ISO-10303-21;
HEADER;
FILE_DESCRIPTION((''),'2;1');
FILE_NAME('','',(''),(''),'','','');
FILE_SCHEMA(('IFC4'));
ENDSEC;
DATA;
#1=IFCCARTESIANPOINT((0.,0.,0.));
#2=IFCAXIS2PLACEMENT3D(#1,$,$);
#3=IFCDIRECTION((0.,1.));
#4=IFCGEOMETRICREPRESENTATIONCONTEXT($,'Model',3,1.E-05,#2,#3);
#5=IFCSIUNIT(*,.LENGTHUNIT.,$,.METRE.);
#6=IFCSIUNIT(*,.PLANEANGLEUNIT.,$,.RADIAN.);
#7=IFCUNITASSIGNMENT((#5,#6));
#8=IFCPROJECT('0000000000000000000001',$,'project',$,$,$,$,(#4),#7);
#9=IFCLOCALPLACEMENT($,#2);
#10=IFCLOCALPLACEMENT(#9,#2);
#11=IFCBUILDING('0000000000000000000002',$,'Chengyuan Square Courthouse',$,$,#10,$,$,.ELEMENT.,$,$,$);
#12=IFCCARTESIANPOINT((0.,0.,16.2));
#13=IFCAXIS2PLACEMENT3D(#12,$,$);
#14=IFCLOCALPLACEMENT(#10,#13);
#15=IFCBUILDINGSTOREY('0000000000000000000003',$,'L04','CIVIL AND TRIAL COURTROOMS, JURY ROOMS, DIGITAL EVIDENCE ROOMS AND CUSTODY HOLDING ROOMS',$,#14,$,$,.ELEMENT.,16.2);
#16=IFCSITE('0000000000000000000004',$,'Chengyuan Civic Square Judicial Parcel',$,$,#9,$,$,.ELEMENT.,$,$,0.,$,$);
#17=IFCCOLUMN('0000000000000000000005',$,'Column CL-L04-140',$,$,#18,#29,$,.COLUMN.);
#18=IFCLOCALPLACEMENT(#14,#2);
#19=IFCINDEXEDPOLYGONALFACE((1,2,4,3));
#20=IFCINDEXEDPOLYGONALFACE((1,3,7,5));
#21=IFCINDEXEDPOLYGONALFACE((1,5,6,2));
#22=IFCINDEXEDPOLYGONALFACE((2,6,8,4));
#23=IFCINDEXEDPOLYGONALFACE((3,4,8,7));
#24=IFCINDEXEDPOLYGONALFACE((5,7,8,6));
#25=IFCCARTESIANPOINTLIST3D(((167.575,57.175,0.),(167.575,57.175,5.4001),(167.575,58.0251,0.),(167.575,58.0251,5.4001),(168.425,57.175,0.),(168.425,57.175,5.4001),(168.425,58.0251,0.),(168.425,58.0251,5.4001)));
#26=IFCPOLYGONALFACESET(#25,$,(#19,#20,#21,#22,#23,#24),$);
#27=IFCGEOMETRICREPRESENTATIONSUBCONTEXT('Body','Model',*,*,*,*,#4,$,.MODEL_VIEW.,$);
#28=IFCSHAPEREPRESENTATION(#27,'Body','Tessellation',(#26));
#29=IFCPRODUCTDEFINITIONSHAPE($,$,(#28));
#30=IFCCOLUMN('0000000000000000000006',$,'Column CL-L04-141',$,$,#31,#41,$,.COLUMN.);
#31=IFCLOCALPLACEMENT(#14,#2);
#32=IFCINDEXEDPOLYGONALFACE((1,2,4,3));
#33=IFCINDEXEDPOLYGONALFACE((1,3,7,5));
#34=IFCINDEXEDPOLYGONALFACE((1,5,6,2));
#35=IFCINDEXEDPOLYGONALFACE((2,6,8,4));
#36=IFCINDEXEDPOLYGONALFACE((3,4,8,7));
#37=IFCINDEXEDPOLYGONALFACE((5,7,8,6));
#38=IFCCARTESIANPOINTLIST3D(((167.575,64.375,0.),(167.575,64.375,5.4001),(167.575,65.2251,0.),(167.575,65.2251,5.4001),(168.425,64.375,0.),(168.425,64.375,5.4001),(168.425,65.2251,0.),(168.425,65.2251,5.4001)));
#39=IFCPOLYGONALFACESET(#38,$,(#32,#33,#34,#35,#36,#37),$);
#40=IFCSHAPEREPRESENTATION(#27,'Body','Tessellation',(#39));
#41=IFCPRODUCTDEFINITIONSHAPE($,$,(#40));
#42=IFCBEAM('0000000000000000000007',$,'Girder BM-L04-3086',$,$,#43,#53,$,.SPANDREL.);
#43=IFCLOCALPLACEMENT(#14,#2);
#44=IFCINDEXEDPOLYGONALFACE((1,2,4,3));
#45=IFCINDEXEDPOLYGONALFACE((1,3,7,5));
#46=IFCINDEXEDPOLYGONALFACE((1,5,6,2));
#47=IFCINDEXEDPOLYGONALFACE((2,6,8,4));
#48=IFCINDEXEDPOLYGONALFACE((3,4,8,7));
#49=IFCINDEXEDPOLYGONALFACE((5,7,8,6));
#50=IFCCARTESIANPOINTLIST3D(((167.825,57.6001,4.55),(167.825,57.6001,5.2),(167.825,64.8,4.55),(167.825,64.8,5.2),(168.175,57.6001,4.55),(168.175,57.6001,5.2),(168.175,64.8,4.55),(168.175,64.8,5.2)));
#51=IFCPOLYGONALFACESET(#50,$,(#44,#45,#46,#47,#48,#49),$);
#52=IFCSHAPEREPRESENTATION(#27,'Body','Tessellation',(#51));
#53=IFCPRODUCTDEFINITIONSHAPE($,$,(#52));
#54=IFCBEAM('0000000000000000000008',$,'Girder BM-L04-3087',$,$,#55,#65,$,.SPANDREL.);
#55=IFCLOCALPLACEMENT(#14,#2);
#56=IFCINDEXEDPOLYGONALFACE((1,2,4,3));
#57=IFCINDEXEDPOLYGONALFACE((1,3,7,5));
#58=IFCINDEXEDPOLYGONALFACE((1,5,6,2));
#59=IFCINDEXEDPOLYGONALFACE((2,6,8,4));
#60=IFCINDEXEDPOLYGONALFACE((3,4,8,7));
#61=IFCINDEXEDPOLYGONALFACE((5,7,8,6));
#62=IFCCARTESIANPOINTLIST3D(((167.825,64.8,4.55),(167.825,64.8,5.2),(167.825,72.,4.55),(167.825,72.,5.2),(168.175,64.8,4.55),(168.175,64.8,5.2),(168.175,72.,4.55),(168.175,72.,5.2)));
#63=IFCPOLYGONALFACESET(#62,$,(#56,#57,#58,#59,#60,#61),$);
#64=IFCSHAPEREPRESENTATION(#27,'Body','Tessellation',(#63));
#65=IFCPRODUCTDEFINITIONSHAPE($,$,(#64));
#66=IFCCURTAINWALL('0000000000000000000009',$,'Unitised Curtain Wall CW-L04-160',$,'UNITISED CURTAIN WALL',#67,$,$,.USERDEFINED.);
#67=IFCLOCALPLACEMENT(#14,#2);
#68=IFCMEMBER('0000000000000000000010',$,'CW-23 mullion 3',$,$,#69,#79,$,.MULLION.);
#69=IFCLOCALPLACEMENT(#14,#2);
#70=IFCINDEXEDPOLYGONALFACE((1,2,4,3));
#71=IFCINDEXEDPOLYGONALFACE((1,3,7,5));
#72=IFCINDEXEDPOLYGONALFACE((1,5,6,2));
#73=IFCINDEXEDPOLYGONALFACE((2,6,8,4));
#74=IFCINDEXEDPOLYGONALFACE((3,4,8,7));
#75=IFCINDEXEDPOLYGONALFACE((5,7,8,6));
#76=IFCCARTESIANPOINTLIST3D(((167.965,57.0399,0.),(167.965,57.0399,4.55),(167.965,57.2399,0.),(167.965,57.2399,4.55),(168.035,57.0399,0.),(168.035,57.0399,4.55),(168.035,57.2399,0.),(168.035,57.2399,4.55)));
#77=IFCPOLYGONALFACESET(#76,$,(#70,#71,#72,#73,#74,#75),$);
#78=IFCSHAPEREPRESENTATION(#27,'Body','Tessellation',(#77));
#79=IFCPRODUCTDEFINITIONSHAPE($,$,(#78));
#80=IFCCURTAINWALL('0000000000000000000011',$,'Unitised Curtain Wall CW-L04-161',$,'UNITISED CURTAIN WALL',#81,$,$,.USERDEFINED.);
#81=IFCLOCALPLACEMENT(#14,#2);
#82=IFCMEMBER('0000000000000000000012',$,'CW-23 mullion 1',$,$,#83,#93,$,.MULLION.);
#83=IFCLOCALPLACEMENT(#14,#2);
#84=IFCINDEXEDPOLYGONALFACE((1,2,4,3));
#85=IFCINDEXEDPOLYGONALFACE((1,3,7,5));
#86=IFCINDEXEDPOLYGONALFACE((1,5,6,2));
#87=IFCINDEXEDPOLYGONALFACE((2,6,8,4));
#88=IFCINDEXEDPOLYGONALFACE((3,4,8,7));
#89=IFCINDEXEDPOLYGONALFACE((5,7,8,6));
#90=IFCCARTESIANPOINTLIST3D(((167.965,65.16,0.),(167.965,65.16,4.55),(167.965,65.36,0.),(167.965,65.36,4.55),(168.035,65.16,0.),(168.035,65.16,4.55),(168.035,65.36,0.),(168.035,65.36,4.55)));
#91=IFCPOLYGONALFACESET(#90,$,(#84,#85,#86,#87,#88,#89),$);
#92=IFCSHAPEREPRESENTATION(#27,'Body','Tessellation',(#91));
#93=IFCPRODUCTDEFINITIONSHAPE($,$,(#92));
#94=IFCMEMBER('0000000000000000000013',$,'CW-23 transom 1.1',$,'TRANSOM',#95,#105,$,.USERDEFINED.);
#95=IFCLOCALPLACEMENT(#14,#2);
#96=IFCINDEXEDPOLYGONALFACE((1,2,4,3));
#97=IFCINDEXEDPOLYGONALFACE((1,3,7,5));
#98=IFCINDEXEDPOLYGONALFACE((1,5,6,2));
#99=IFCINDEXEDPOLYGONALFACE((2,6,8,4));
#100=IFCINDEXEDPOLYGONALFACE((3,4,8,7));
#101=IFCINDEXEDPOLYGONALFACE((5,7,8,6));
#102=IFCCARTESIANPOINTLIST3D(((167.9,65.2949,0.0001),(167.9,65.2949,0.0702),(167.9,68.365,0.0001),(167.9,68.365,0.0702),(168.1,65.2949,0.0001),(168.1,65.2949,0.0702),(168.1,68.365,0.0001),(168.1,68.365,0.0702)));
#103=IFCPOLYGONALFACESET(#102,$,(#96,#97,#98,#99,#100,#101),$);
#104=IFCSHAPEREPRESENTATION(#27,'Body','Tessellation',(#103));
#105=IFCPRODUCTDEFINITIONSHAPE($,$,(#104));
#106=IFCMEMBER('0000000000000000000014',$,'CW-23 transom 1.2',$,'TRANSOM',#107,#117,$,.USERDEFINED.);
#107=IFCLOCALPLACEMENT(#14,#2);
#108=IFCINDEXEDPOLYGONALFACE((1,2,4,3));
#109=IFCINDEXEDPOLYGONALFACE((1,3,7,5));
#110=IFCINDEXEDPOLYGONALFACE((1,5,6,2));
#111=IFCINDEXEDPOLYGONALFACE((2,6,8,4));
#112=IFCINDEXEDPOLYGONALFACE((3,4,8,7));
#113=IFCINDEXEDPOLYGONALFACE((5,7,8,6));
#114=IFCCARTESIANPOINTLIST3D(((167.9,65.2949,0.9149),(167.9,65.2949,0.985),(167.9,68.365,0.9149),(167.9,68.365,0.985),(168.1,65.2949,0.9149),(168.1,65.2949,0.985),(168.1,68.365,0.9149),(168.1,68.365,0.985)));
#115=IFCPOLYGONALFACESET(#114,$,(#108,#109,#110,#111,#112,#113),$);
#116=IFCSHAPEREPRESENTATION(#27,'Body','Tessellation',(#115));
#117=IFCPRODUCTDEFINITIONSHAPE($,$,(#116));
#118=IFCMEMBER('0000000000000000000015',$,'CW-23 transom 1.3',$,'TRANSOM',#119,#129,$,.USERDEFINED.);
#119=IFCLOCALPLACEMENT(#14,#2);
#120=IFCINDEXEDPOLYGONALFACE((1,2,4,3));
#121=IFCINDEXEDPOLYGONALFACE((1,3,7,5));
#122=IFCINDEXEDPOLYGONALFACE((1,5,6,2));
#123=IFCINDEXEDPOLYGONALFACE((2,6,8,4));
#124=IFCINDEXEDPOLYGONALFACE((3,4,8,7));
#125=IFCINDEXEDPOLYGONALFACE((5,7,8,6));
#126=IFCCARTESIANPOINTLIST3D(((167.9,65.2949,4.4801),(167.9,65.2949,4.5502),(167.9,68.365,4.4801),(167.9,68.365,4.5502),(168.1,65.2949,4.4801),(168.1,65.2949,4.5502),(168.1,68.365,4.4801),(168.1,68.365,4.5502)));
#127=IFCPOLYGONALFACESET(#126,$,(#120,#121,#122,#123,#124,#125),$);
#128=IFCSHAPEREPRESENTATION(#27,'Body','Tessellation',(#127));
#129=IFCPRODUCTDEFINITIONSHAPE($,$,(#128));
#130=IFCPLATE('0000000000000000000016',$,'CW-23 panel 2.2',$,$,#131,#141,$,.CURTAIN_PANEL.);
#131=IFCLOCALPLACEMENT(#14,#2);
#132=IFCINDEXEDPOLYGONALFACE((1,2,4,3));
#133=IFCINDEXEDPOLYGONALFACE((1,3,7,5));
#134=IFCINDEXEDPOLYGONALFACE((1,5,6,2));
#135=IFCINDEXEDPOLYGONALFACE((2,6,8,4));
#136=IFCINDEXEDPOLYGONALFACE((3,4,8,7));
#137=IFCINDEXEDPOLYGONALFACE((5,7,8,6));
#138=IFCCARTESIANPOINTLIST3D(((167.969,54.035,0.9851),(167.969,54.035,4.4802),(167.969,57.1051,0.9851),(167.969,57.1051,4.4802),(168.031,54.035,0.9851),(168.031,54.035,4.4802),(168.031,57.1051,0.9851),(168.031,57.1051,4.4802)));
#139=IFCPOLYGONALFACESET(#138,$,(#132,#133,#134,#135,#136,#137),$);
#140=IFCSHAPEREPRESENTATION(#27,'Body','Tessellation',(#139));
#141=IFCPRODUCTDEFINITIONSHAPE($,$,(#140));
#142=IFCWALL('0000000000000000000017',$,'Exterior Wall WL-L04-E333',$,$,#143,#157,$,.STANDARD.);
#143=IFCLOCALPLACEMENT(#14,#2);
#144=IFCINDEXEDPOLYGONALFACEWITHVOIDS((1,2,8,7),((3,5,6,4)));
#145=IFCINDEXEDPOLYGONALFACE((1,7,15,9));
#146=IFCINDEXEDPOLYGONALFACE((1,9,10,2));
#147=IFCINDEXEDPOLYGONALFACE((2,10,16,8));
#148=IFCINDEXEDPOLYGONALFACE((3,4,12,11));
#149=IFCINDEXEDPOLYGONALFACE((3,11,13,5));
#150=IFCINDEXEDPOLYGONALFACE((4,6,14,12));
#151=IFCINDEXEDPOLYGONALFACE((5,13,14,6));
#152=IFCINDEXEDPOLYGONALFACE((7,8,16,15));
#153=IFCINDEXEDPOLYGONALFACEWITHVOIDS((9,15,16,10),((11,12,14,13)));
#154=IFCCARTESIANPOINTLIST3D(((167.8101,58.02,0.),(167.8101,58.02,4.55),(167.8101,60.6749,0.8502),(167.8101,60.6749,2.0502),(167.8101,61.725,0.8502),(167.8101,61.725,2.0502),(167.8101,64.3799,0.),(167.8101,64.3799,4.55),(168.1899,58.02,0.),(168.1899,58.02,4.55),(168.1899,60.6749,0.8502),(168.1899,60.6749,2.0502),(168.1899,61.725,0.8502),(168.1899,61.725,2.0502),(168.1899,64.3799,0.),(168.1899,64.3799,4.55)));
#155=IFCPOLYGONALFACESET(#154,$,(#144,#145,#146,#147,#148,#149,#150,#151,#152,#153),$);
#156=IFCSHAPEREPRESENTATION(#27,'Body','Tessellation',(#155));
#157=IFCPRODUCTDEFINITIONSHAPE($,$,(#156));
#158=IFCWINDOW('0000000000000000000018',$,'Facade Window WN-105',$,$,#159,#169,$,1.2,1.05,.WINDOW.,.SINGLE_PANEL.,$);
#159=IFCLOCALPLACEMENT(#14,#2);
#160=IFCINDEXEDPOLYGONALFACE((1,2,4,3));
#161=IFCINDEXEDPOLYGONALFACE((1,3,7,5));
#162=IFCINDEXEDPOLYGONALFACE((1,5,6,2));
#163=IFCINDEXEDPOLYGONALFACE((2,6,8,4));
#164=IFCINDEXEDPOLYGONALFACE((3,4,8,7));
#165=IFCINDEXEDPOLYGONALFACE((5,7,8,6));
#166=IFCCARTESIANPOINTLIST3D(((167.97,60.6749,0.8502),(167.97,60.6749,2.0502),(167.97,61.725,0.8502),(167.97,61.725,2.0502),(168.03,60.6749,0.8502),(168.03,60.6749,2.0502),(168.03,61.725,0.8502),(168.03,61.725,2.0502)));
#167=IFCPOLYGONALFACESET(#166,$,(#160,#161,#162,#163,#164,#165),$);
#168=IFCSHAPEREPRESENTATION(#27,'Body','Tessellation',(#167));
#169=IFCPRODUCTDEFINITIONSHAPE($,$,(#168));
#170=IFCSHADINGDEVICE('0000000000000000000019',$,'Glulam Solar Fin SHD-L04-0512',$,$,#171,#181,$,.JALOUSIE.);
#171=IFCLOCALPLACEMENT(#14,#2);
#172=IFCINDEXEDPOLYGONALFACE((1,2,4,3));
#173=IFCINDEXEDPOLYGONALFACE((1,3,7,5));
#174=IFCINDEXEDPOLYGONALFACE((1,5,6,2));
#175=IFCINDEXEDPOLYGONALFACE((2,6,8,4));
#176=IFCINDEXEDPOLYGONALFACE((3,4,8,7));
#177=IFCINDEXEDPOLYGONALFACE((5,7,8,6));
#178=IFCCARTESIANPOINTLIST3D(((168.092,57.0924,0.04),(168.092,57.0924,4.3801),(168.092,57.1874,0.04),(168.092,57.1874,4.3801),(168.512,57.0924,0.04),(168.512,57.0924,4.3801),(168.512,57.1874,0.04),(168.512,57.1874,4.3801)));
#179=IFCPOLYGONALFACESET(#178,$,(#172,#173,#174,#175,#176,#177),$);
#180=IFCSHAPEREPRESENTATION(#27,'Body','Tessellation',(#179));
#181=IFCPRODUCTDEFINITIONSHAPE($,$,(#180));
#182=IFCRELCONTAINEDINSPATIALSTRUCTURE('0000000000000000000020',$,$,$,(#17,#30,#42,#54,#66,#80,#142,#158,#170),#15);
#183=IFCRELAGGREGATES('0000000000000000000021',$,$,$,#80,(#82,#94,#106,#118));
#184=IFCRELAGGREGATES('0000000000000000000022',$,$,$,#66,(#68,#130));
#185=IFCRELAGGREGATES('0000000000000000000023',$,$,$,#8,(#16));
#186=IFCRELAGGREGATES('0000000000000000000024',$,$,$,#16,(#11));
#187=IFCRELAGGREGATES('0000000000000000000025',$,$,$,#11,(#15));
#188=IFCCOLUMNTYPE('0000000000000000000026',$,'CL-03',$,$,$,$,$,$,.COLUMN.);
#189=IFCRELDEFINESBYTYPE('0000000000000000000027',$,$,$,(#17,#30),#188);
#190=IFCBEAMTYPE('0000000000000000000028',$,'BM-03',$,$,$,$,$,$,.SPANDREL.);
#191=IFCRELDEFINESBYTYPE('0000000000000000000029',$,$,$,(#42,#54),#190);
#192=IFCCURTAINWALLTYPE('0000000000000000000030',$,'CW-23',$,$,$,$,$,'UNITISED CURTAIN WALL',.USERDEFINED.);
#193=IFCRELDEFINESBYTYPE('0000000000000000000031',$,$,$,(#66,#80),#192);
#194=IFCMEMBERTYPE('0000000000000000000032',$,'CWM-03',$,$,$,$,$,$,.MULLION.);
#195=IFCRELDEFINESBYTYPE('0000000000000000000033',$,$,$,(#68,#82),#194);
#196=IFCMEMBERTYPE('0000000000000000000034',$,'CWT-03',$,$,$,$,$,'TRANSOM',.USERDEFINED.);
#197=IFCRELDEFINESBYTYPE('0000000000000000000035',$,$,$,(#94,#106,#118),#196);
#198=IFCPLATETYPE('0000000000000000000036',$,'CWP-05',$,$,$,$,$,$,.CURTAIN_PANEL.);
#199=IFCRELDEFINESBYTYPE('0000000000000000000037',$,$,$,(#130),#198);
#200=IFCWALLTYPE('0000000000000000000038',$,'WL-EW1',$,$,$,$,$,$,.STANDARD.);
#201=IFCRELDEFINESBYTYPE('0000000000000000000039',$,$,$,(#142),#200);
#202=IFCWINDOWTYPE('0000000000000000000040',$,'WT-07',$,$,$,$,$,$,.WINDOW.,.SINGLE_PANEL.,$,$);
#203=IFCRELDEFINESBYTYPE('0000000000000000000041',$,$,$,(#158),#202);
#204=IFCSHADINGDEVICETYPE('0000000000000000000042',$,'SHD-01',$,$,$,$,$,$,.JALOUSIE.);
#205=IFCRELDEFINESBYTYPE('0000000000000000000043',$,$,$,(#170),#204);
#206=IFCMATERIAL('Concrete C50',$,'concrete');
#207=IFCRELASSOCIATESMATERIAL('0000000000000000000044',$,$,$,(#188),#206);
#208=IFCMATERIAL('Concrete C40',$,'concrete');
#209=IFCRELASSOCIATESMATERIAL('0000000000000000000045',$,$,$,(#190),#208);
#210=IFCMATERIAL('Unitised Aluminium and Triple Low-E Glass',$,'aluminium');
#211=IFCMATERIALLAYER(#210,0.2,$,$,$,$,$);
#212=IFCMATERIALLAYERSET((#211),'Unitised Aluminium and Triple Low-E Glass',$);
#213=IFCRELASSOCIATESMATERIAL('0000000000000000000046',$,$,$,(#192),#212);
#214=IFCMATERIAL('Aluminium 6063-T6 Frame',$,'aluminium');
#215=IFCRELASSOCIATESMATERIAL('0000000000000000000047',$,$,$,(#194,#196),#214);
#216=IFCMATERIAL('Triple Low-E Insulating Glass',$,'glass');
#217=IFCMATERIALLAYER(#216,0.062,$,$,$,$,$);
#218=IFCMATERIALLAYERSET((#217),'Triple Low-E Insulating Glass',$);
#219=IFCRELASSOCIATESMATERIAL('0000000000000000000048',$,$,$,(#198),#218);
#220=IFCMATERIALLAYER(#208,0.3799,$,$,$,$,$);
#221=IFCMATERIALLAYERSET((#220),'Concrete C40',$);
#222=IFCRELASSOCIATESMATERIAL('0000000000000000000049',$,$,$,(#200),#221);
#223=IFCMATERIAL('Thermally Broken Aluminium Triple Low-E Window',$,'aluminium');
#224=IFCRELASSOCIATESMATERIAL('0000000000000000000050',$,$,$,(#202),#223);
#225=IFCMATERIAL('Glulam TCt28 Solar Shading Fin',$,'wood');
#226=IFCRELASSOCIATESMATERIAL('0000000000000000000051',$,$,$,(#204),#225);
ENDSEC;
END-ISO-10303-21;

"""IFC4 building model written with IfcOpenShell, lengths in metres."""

from ifc_helpers import new_model, si_unit, direction, frame, frame_2d, origin, origin_2d, place, context, subcontext, project, spatial, rectangle, extrude, material, layer, layer_set, material_profile, profile_set, type_object, element, fill, aggregate, save


model = new_model("IFC4")

# Units and contexts
model_context = context("Model", 3, precision=1e-05, world=origin(), true_north=direction((0.0, 1.0)))
body_context = subcontext(model_context, "Body", "Model", "MODEL_VIEW")
ifc_project = project(units=[si_unit("LENGTHUNIT", "METRE"), si_unit("PLANEANGLEUNIT", "RADIAN")], contexts=[model_context])

# Site, building, storey
site_placement = place(None, origin())
site = spatial("IfcSite", under=ifc_project, at=site_placement, Name="Chengyuan Civic Square Judicial Parcel", CompositionType="ELEMENT", RefElevation=0.0)
building_placement = place(site_placement, origin())
building = spatial("IfcBuilding", under=site, at=building_placement, Name="Chengyuan Square Courthouse", CompositionType="ELEMENT")
storey_placement = place(building_placement, frame((0.0, 0.0, 16.2)))
storey = spatial("IfcBuildingStorey", under=building, at=storey_placement, Name="L04", Description="CIVIL AND TRIAL COURTROOMS, JURY ROOMS, DIGITAL EVIDENCE ROOMS AND CUSTODY HOLDING ROOMS", CompositionType="ELEMENT", Elevation=16.2)

# Columns
ifc_material_1 = material(Name="Concrete C50", Category="concrete")
ifc_material_profile_1 = material_profile(ifc_material_1, rectangle(XDim=0.8501, YDim=0.8501, at=origin_2d()), Name="RC-COL-850x850")
ifc_profile_set_1 = profile_set([ifc_material_profile_1], Name="Concrete C50")
column_type = type_object("IfcColumnType", Name="CL-03", PredefinedType="COLUMN", material=ifc_profile_set_1)
for number, where, z_axis, x_axis, name in (
    (1, (168.0, 57.6001, 0.0), (0.0, 0.0, 1.0), (1.0, 0.0, 0.0), "Column CL-L04-140"),
    (2, (168.0, 64.8, 0.0), (0.0, 0.0, 1.0), (1.0, 0.0, 0.0), "Column CL-L04-141"),
):
    element("IfcColumn", number, at=place(storey_placement, frame(where, z_axis=z_axis, x_axis=x_axis)), inside=storey, type_object=column_type, Name=name, PredefinedType="COLUMN", context=body_context, shape_type="SweptSolid", body=[
        extrude(rectangle(XDim=0.8501, YDim=0.8501, at=origin_2d()), origin(), (0.0, 0.0, 1.0), 5.4001),
    ])

# Beams
ifc_material_2 = material(Name="Concrete C40", Category="concrete")
ifc_material_profile_2 = material_profile(ifc_material_2, rectangle(XDim=0.3501, YDim=0.6499, at=origin_2d()), Name="RC-BM-350x650")
ifc_profile_set_2 = profile_set([ifc_material_profile_2], Name="Concrete C40")
beam_type = type_object("IfcBeamType", Name="BM-03", PredefinedType="SPANDREL", material=ifc_profile_set_2)
for number, where, z_axis, x_axis, name in (
    (3, (168.0, 57.6001, 4.875), (0.0, 1.0, 0.0), (-1.0, 0.0, 0.0), "Girder BM-L04-3086"),
    (4, (168.0, 64.8, 4.875), (0.0, 1.0, 0.0), (-1.0, 0.0, 0.0), "Girder BM-L04-3087"),
):
    element("IfcBeam", number, at=place(storey_placement, frame(where, z_axis=z_axis, x_axis=x_axis)), inside=storey, type_object=beam_type, Name=name, PredefinedType="SPANDREL", context=body_context, shape_type="SweptSolid", body=[
        extrude(rectangle(XDim=0.3501, YDim=0.6499, at=origin_2d()), origin(), (0.0, 0.0, 1.0), 7.2),
    ])

# Curtain wall, member
ifc_material_3 = material(Name="Unitised Aluminium and Triple Low-E Glass", Category="aluminium")
ifc_layer_1 = layer(ifc_material_3, 0.2)
ifc_layer_set_1 = layer_set([ifc_layer_1], Name="Unitised Aluminium and Triple Low-E Glass")
curtain_wall_type = type_object("IfcCurtainWallType", Name="CW-23", ElementType="UNITISED CURTAIN WALL", PredefinedType="USERDEFINED", material=ifc_layer_set_1)
curtain_wall_1_placement = place(storey_placement, origin())
curtain_wall_1 = element("IfcCurtainWall", 5, at=curtain_wall_1_placement, inside=storey, type_object=curtain_wall_type, Name="Unitised Curtain Wall CW-L04-160", ObjectType="UNITISED CURTAIN WALL", PredefinedType="USERDEFINED")
ifc_material_4 = material(Name="Aluminium 6063-T6 Frame", Category="aluminium")
ifc_material_profile_3 = material_profile(ifc_material_4, rectangle(XDim=0.0701, YDim=0.2, at=origin_2d()), Name="CW-MUL-70x200")
ifc_profile_set_3 = profile_set([ifc_material_profile_3], Name="Aluminium 6063-T6 Frame")
member_type_1 = type_object("IfcMemberType", Name="CWM-03", PredefinedType="MULLION", material=ifc_profile_set_3)
member_1_placement = place(storey_placement, frame((168.0, 57.1399, 0.0), z_axis=(0.0, 0.0, 1.0), x_axis=(-1.0, 0.0, 0.0)))
member_1 = element("IfcMember", 6, at=member_1_placement, type_object=member_type_1, Name="CW-23 mullion 3", PredefinedType="MULLION", context=body_context, shape_type="SweptSolid", body=[
    extrude(rectangle(XDim=0.0701, YDim=0.2, at=origin_2d()), origin(), (0.0, 0.0, 1.0), 4.55),
])

# Curtain wall, members
curtain_wall_2_placement = place(storey_placement, origin())
curtain_wall_2 = element("IfcCurtainWall", 7, at=curtain_wall_2_placement, inside=storey, type_object=curtain_wall_type, Name="Unitised Curtain Wall CW-L04-161", ObjectType="UNITISED CURTAIN WALL", PredefinedType="USERDEFINED")
member_2_placement = place(storey_placement, frame((168.0, 65.26, 0.0), z_axis=(0.0, 0.0, 1.0), x_axis=(-1.0, 0.0, 0.0)))
member_2 = element("IfcMember", 8, at=member_2_placement, type_object=member_type_1, Name="CW-23 mullion 1", PredefinedType="MULLION", context=body_context, shape_type="SweptSolid", body=[
    extrude(rectangle(XDim=0.0701, YDim=0.2, at=origin_2d()), origin(), (0.0, 0.0, 1.0), 4.55),
])
ifc_material_profile_4 = material_profile(ifc_material_4, rectangle(XDim=0.2, YDim=0.0701, at=origin_2d()), Name="CW-TRN-70x160")
ifc_profile_set_4 = profile_set([ifc_material_profile_4], Name="Aluminium 6063-T6 Frame")
member_type_2 = type_object("IfcMemberType", Name="CWT-03", ElementType="TRANSOM", PredefinedType="USERDEFINED", material=ifc_profile_set_4)
member_3_placement = place(storey_placement, frame((168.0, 65.2949, 0.0352), z_axis=(0.0, 1.0, 0.0), x_axis=(-1.0, 0.0, 0.0)))
member_3 = element("IfcMember", 9, at=member_3_placement, type_object=member_type_2, Name="CW-23 transom 1.1", ObjectType="TRANSOM", PredefinedType="USERDEFINED", context=body_context, shape_type="SweptSolid", body=[
    extrude(rectangle(XDim=0.2, YDim=0.0701, at=origin_2d()), origin(), (0.0, 0.0, 1.0), 3.0701),
])
member_4_placement = place(storey_placement, frame((168.0, 65.2949, 0.95), z_axis=(0.0, 1.0, 0.0), x_axis=(-1.0, 0.0, 0.0)))
member_4 = element("IfcMember", 10, at=member_4_placement, type_object=member_type_2, Name="CW-23 transom 1.2", ObjectType="TRANSOM", PredefinedType="USERDEFINED", context=body_context, shape_type="SweptSolid", body=[
    extrude(rectangle(XDim=0.2, YDim=0.0701, at=origin_2d()), origin(), (0.0, 0.0, 1.0), 3.0701),
])
member_5_placement = place(storey_placement, frame((168.0, 65.2949, 4.5151), z_axis=(0.0, 1.0, 0.0), x_axis=(-1.0, 0.0, 0.0)))
member_5 = element("IfcMember", 11, at=member_5_placement, type_object=member_type_2, Name="CW-23 transom 1.3", ObjectType="TRANSOM", PredefinedType="USERDEFINED", context=body_context, shape_type="SweptSolid", body=[
    extrude(rectangle(XDim=0.2, YDim=0.0701, at=origin_2d()), origin(), (0.0, 0.0, 1.0), 3.0701),
])
aggregate(curtain_wall_2, [member_2, member_3, member_4, member_5])

# Plate
ifc_material_5 = material(Name="Triple Low-E Insulating Glass", Category="glass")
ifc_layer_2 = layer(ifc_material_5, 0.062)
ifc_layer_set_2 = layer_set([ifc_layer_2], Name="Triple Low-E Insulating Glass")
plate_type = type_object("IfcPlateType", Name="CWP-05", PredefinedType="CURTAIN_PANEL", material=ifc_layer_set_2)
plate_placement = place(storey_placement, frame((168.0, 55.5701, 0.9851), z_axis=(0.0, 0.0, 1.0), x_axis=(0.0, 1.0, 0.0)))
plate = element("IfcPlate", 12, at=plate_placement, type_object=plate_type, Name="CW-23 panel 2.2", PredefinedType="CURTAIN_PANEL", context=body_context, shape_type="SweptSolid", body=[
    extrude(rectangle(XDim=3.0701, YDim=0.062, at=origin_2d()), origin(), (0.0, 0.0, 1.0), 3.4951),
])
aggregate(curtain_wall_1, [member_1, plate])

# Wall, opening, window
ifc_layer_3 = layer(ifc_material_2, 0.3799)
ifc_layer_set_3 = layer_set([ifc_layer_3], Name="Concrete C40")
wall_type = type_object("IfcWallType", Name="WL-EW1", PredefinedType="STANDARD", material=ifc_layer_set_3)
wall_placement = place(storey_placement, frame((168.0, 58.02, 0.0), z_axis=(0.0, 0.0, 1.0), x_axis=(0.0, 1.0, 0.0)))
wall = element("IfcWall", 13, at=wall_placement, inside=storey, type_object=wall_type, Name="Exterior Wall WL-L04-E333", PredefinedType="STANDARD", context=body_context, shape_type="SweptSolid", body=[
    extrude(rectangle(XDim=6.3599, YDim=0.3799, at=frame_2d((3.1799, 0.0))), origin(), (0.0, 0.0, 1.0), 4.55),
])
opening_placement = place(wall_placement, frame((2.655, 0.0, 0.8501)))
opening = element("IfcOpeningElement", 14, at=opening_placement, cuts=wall, PredefinedType="OPENING", context=body_context, shape_type="SweptSolid", body=[
    extrude(rectangle(XDim=1.05, YDim=1.2, at=frame_2d((0.5249, 0.6001))), frame((0.0, 0.2019, 0.0), z_axis=(0.0, -1.0, 0.0), x_axis=(1.0, 0.0, 0.0)), (0.0, 0.0, 1.0), 0.4038),
])
ifc_material_6 = material(Name="Thermally Broken Aluminium Triple Low-E Window", Category="aluminium")
window_type = type_object("IfcWindowType", Name="WT-07", PartitioningType="SINGLE_PANEL", PredefinedType="WINDOW", material=ifc_material_6)
window_placement = place(opening_placement, origin())
window = element("IfcWindow", 15, at=window_placement, inside=storey, type_object=window_type, Name="Facade Window WN-105", OverallHeight=1.2, OverallWidth=1.05, PartitioningType="SINGLE_PANEL", PredefinedType="WINDOW", context=body_context, shape_type="SweptSolid", body=[
    extrude(rectangle(XDim=1.05, YDim=1.2, at=frame_2d((0.5249, 0.6001))), frame((0.0, 0.03, 0.0), z_axis=(0.0, -1.0, 0.0), x_axis=(1.0, 0.0, 0.0)), (0.0, 0.0, 1.0), 0.0601),
])
fill(opening, window)

# Shading device
ifc_material_7 = material(Name="Glulam TCt28 Solar Shading Fin", Category="wood")
shading_device_type_1 = type_object("IfcShadingDeviceType", Name="SHD-01", PredefinedType="JALOUSIE", material=ifc_material_7)
for number, where, z_axis, x_axis, name in (
    (16, (168.302, 57.1399, 0.04), (0.0, 0.0, 1.0), (1.0, 0.0, 0.0), "Glulam Solar Fin SHD-L04-0512"),
):
    element("IfcShadingDevice", number, at=place(storey_placement, frame(where, z_axis=z_axis, x_axis=x_axis)), inside=storey, type_object=shading_device_type_1, Name=name, PredefinedType="JALOUSIE", context=body_context, shape_type="SweptSolid", body=[
        extrude(rectangle(XDim=0.4199, YDim=0.095, at=origin_2d()), origin(), (0.0, 0.0, 1.0), 4.3401),
    ])

save(model, "model.ifc")
